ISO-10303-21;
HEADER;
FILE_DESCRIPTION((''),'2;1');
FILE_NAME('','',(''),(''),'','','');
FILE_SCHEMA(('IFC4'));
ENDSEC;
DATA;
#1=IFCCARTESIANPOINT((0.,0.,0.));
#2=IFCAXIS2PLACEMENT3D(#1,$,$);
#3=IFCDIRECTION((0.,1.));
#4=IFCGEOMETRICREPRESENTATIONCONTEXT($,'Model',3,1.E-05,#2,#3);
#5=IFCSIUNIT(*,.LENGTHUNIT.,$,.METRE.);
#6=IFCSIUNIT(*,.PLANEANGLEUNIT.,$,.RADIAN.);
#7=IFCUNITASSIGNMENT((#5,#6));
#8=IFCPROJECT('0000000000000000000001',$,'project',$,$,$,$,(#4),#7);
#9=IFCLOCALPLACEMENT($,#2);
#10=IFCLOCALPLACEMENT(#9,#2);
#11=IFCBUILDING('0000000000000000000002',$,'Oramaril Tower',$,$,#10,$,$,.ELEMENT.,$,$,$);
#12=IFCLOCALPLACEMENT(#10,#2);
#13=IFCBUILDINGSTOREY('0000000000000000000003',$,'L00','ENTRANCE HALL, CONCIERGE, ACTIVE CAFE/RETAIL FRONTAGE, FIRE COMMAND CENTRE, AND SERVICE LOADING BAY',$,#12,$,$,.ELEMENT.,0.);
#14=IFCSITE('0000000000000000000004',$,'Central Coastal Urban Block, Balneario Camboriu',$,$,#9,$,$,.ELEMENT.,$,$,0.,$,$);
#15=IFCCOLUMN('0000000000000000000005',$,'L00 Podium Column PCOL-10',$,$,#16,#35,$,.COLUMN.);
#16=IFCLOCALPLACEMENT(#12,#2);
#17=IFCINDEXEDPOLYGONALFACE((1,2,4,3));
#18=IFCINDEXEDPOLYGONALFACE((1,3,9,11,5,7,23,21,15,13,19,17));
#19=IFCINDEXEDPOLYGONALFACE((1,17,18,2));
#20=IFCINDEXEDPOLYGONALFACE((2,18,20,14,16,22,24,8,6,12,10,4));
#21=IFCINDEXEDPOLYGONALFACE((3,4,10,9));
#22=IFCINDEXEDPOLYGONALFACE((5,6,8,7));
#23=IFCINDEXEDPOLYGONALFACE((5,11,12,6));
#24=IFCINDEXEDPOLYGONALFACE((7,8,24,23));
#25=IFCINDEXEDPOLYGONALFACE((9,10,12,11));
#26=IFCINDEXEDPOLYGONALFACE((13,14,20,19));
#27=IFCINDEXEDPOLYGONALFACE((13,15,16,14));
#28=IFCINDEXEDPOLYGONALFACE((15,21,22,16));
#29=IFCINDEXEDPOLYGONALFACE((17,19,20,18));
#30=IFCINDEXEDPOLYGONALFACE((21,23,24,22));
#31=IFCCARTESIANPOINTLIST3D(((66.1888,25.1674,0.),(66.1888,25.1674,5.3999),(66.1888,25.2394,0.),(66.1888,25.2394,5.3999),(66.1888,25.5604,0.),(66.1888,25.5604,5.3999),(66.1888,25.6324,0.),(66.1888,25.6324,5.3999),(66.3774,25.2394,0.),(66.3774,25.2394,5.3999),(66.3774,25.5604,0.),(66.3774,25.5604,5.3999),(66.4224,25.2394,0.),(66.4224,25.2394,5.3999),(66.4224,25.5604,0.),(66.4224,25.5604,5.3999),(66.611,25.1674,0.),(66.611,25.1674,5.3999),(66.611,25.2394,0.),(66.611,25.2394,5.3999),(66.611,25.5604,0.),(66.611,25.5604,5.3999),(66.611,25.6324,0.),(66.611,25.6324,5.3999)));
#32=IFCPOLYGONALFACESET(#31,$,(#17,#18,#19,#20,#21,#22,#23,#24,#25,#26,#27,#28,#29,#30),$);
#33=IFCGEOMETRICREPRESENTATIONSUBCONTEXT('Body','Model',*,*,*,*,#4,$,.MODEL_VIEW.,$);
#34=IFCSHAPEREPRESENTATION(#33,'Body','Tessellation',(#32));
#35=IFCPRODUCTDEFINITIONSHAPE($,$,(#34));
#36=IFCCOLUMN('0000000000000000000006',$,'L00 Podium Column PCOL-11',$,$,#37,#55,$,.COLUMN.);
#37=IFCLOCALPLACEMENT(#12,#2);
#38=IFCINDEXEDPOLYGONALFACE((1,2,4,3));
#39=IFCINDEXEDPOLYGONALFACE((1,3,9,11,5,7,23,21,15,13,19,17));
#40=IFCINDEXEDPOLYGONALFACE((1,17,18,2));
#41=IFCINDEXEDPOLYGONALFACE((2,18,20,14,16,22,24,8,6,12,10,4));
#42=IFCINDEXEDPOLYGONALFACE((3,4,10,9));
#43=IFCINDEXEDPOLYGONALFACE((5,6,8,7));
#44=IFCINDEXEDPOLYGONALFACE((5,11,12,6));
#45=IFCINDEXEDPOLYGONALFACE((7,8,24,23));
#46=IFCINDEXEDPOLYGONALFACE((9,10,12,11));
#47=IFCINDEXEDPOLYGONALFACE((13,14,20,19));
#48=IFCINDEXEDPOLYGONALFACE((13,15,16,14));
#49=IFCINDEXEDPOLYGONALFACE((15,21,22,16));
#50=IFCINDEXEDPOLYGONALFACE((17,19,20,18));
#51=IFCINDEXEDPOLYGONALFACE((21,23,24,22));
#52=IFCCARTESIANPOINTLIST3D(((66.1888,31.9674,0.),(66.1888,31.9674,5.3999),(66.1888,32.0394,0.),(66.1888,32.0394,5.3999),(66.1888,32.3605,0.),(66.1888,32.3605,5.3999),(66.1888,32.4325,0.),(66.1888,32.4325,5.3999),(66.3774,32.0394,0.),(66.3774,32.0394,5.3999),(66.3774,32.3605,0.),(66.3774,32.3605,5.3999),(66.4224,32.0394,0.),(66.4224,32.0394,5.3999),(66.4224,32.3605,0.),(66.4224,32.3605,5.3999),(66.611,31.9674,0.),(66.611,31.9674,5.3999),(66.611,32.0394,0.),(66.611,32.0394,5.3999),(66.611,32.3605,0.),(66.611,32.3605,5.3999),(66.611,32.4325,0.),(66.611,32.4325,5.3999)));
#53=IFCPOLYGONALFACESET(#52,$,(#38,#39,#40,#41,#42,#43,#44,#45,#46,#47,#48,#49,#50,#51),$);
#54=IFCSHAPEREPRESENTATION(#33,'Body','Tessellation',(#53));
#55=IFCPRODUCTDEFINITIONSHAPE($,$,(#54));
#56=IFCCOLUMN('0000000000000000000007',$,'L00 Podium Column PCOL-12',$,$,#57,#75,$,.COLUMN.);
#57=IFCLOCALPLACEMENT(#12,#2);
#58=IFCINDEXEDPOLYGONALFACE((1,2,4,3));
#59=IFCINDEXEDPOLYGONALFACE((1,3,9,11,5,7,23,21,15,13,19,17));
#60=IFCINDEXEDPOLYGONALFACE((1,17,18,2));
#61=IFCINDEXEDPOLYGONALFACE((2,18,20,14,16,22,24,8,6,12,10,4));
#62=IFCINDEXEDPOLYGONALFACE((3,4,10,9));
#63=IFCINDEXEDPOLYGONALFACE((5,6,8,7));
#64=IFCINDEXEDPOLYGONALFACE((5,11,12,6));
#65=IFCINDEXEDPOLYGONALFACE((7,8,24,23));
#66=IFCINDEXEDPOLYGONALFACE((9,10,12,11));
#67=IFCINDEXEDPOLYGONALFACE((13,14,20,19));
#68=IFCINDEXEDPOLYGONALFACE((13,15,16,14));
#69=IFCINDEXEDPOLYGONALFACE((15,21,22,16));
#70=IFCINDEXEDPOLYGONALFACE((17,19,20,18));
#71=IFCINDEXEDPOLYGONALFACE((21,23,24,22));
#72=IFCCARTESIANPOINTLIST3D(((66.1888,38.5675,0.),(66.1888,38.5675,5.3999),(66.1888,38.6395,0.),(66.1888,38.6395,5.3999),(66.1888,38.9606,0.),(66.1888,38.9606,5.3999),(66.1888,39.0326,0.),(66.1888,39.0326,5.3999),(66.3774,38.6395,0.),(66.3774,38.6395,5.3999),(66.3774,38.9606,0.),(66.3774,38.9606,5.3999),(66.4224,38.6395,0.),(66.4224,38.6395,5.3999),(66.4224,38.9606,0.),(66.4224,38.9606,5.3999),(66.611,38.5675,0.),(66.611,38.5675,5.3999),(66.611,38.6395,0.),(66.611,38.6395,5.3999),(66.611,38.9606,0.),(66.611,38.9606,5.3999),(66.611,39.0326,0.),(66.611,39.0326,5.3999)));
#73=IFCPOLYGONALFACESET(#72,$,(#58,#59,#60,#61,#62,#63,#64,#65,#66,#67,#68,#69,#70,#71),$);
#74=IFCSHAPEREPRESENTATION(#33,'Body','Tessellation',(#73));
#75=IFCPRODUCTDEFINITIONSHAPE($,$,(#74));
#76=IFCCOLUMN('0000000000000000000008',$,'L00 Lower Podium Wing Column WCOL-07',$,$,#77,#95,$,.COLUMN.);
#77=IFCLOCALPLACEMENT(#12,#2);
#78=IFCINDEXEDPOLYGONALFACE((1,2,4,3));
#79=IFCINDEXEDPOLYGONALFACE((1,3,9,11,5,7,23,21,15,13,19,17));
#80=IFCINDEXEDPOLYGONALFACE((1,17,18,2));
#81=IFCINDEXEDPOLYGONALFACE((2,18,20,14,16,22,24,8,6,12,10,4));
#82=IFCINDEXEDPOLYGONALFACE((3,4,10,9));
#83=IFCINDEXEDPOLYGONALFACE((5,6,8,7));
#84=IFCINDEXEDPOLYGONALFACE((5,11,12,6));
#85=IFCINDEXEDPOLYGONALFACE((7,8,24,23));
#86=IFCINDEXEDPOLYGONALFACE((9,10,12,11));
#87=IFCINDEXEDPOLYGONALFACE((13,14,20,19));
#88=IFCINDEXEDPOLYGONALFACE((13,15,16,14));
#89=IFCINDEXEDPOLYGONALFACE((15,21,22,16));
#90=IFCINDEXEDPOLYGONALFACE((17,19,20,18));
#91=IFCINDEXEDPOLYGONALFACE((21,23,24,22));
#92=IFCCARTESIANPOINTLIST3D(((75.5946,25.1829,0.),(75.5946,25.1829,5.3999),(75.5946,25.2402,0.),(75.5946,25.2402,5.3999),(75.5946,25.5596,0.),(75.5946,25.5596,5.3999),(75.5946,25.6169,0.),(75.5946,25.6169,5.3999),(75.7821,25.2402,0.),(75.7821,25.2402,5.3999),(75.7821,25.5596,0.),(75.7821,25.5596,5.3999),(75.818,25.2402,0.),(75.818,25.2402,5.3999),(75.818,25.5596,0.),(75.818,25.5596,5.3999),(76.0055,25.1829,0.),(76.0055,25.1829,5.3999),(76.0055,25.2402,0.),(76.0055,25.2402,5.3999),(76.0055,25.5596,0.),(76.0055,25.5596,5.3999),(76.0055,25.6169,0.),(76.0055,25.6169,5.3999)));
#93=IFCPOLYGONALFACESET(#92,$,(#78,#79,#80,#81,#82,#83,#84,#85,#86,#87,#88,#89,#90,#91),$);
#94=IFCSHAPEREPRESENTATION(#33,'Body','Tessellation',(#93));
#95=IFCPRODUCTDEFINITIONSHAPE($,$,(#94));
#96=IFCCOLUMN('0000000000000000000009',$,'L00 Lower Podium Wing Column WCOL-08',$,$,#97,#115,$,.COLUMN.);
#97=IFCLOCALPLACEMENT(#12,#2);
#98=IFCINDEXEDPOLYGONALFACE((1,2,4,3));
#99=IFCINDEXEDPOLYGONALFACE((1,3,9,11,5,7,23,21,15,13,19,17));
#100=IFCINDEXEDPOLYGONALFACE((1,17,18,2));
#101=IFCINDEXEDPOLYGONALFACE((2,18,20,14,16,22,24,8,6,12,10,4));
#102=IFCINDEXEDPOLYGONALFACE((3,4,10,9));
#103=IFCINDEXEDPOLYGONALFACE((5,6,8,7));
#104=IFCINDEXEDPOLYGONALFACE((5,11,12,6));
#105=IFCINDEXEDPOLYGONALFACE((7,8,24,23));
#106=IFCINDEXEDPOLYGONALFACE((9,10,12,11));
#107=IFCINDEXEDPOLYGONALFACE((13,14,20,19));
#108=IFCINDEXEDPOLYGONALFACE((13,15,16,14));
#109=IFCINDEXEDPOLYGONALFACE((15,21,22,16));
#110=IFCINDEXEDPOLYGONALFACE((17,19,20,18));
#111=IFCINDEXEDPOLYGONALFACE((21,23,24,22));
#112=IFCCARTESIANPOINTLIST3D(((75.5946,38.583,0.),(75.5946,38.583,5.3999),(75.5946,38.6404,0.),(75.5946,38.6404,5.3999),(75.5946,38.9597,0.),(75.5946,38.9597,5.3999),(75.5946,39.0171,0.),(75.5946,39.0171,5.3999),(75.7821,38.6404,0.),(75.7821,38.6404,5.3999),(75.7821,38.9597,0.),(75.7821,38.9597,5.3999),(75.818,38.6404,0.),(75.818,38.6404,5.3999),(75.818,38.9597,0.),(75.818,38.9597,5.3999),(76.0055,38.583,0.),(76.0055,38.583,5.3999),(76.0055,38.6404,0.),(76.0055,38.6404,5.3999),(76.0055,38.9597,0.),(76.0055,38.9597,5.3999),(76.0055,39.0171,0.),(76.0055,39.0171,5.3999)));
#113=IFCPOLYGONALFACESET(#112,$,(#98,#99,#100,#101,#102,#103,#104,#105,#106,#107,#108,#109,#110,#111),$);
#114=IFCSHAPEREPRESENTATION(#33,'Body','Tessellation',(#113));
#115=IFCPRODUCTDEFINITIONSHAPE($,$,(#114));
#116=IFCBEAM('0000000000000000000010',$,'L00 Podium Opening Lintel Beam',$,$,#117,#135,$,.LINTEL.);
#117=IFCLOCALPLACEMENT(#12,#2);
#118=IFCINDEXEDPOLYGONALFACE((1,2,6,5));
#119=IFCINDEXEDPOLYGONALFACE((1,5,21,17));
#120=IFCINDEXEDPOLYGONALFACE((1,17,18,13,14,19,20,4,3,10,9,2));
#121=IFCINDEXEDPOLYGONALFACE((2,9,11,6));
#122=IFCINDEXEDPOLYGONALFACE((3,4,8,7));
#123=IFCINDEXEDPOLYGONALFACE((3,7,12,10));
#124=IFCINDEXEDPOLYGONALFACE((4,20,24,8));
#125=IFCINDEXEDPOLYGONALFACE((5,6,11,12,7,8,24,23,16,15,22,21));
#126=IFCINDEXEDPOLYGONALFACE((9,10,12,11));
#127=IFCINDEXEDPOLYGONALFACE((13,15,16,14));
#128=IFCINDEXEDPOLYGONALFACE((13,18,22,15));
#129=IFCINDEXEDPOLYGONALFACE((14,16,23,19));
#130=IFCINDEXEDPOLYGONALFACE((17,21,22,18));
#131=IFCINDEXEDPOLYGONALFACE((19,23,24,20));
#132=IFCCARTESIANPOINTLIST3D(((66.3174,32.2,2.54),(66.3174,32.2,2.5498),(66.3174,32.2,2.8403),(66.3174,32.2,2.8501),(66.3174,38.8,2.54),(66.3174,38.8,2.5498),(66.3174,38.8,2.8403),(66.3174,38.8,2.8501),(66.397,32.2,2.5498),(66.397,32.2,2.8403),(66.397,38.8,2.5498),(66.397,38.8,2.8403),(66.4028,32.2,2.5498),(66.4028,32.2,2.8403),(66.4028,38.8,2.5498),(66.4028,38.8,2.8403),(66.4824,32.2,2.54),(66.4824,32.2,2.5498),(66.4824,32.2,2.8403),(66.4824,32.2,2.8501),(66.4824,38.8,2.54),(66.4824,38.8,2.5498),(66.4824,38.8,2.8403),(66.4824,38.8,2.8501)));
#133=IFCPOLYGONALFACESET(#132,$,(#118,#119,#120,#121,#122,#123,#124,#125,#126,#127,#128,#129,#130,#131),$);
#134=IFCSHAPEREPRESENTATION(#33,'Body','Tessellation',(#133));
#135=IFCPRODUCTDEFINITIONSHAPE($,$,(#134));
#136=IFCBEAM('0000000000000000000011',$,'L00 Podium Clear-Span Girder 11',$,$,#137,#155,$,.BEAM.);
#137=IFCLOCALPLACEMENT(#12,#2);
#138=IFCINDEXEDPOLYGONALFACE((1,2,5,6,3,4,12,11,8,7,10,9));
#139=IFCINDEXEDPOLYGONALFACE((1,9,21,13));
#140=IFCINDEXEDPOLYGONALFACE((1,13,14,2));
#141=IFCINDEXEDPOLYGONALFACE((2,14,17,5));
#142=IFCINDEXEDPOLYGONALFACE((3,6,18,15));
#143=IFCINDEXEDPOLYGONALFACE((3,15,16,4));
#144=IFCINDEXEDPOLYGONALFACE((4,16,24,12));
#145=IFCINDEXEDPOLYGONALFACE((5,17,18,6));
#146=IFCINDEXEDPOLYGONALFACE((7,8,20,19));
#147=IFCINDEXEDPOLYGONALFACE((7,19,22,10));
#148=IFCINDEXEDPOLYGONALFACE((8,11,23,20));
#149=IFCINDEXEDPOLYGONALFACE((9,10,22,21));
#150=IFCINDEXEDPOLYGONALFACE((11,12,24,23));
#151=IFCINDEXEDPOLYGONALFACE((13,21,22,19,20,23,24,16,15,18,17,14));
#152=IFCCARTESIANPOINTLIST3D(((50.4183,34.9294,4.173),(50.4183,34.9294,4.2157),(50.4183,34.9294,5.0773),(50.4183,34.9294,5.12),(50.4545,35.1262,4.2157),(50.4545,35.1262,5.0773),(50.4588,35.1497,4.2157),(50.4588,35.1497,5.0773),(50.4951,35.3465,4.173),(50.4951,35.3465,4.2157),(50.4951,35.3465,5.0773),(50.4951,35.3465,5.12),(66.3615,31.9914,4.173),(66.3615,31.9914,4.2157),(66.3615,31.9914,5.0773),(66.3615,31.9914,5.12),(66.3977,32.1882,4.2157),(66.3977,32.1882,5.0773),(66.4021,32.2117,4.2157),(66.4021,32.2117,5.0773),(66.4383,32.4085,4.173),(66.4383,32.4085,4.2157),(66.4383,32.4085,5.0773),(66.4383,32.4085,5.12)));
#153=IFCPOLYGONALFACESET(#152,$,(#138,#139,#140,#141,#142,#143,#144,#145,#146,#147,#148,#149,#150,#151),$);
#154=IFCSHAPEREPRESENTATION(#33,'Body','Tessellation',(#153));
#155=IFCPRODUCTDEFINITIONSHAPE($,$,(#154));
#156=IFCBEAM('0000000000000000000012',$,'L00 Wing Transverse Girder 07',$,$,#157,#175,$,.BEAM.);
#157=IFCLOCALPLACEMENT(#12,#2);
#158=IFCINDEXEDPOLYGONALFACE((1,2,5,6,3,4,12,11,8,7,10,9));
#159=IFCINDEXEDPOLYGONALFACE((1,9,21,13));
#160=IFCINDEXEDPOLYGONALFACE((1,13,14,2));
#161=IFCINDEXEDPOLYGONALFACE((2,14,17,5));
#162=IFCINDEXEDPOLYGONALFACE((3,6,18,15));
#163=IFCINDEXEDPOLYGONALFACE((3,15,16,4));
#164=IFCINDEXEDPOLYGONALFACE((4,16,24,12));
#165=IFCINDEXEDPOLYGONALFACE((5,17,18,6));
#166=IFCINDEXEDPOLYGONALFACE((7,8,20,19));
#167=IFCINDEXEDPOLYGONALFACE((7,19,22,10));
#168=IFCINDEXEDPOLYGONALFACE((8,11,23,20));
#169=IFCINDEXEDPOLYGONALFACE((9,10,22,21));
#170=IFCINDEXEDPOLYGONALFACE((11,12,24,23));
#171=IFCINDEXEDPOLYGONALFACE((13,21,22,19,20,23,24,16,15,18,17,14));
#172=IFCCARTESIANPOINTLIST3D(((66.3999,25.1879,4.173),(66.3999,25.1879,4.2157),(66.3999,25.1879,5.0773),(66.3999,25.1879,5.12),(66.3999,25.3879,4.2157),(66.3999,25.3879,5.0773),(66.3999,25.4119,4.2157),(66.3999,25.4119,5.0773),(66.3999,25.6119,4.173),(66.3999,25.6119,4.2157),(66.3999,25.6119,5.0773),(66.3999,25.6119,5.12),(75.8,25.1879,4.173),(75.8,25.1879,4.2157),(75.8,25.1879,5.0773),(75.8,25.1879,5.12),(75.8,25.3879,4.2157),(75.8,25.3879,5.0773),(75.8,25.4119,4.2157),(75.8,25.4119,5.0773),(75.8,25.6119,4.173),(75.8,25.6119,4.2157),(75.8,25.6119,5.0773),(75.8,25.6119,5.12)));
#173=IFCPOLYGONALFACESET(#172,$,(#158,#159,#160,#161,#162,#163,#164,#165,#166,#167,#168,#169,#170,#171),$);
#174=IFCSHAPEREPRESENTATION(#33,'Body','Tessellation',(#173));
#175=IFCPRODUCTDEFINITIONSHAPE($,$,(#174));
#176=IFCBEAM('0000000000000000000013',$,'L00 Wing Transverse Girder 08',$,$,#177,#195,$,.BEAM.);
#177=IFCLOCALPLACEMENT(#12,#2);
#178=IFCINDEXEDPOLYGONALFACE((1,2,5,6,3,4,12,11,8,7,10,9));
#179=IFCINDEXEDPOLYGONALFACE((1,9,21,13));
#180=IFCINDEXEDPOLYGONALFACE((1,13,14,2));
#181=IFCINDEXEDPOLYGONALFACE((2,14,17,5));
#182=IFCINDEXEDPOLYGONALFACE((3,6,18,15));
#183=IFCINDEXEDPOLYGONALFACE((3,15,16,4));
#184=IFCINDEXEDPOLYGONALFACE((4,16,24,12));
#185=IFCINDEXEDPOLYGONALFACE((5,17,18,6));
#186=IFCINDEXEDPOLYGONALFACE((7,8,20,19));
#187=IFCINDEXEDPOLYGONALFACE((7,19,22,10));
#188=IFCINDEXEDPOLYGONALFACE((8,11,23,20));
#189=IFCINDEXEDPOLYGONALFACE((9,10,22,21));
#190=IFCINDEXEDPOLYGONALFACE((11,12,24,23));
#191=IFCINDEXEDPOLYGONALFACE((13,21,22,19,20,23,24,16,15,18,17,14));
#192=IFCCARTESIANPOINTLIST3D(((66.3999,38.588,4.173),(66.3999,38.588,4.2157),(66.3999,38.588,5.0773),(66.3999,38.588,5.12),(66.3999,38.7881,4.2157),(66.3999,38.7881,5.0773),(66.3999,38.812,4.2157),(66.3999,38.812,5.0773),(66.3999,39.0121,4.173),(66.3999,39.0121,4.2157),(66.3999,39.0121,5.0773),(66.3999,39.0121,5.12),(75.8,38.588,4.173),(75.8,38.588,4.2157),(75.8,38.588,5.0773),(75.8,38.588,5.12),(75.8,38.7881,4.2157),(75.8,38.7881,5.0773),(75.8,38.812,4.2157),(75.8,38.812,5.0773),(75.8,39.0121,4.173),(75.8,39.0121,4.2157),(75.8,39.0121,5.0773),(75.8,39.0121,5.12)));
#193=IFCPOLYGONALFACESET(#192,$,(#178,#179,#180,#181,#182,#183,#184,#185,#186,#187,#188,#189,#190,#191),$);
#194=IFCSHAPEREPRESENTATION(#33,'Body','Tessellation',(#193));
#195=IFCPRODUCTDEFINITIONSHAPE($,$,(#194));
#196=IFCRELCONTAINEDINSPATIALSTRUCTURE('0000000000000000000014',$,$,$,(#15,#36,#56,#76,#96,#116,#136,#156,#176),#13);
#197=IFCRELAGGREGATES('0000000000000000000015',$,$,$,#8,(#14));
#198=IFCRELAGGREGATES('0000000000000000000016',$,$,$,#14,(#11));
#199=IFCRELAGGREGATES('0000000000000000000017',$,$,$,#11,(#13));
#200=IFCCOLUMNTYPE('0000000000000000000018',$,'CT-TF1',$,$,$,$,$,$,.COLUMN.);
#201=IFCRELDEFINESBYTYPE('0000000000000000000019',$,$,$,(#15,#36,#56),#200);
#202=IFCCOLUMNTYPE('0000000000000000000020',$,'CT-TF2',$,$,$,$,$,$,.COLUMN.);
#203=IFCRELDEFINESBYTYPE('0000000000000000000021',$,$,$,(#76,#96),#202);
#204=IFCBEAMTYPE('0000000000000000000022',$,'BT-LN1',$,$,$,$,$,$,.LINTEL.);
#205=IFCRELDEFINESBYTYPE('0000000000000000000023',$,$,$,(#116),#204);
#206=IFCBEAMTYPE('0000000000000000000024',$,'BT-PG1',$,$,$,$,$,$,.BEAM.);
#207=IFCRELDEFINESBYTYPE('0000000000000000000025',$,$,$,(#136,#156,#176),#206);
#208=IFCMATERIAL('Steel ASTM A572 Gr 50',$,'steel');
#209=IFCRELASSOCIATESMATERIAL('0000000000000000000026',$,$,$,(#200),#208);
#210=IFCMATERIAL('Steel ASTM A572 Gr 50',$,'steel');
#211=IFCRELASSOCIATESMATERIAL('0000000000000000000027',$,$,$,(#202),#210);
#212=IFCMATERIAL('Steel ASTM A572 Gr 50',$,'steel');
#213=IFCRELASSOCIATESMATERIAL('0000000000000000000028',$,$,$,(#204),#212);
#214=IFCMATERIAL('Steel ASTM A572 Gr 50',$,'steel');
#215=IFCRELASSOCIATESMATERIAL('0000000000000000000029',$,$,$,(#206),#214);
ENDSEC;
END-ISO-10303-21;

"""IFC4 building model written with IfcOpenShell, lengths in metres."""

from ifc_helpers import new_model, si_unit, direction, frame, origin, origin_2d, place, context, subcontext, project, spatial, i_section, extrude, material, material_profile, profile_set, type_object, element, save


model = new_model("IFC4")

# Units and contexts
model_context = context("Model", 3, precision=1e-05, world=origin(), true_north=direction((0.0, 1.0)))
body_context = subcontext(model_context, "Body", "Model", "MODEL_VIEW")
ifc_project = project(units=[si_unit("LENGTHUNIT", "METRE"), si_unit("PLANEANGLEUNIT", "RADIAN")], contexts=[model_context])

# Site, building, storey
site_placement = place(None, origin())
site = spatial("IfcSite", under=ifc_project, at=site_placement, Name="Central Coastal Urban Block, Balneario Camboriu", CompositionType="ELEMENT", RefElevation=0.0)
building_placement = place(site_placement, origin())
building = spatial("IfcBuilding", under=site, at=building_placement, Name="Oramaril Tower", CompositionType="ELEMENT")
storey_placement = place(building_placement, origin())
storey = spatial("IfcBuildingStorey", under=building, at=storey_placement, Name="L00", Description="ENTRANCE HALL, CONCIERGE, ACTIVE CAFE/RETAIL FRONTAGE, FIRE COMMAND CENTRE, AND SERVICE LOADING BAY", CompositionType="ELEMENT", Elevation=0.0)

# Columns
ifc_material_1 = material(Name="Steel ASTM A572 Gr 50", Category="steel")
ifc_material_profile_1 = material_profile(ifc_material_1, i_section(OverallWidth=0.4221, OverallDepth=0.4651, WebThickness=0.0449, FlangeThickness=0.072, at=origin_2d()), Name="W14X398")
ifc_profile_set_1 = profile_set([ifc_material_profile_1], Name="Steel ASTM A572 Gr 50")
column_type_1 = type_object("IfcColumnType", Name="CT-TF1", PredefinedType="COLUMN", material=ifc_profile_set_1)
for number, where, z_axis, x_axis, name in (
    (1, (66.3999, 25.3999, 0.0), (0.0, 0.0, 1.0), (1.0, 0.0, 0.0), "L00 Podium Column PCOL-10"),
    (2, (66.3999, 32.2, 0.0), (0.0, 0.0, 1.0), (1.0, 0.0, 0.0), "L00 Podium Column PCOL-11"),
    (3, (66.3999, 38.8, 0.0), (0.0, 0.0, 1.0), (1.0, 0.0, 0.0), "L00 Podium Column PCOL-12"),
):
    element("IfcColumn", number, at=place(storey_placement, frame(where, z_axis=z_axis, x_axis=x_axis)), inside=storey, type_object=column_type_1, Name=name, PredefinedType="COLUMN", context=body_context, shape_type="SweptSolid", body=[
        extrude(i_section(OverallWidth=0.4221, OverallDepth=0.4651, WebThickness=0.0449, FlangeThickness=0.072, at=origin_2d()), origin(), (0.0, 0.0, 1.0), 5.3999),
    ])
ifc_material_2 = material(Name="Steel ASTM A572 Gr 50", Category="steel")
ifc_material_profile_2 = material_profile(ifc_material_2, i_section(OverallWidth=0.4109, OverallDepth=0.4341, WebThickness=0.0359, FlangeThickness=0.0574, at=origin_2d()), Name="W14X311")
ifc_profile_set_2 = profile_set([ifc_material_profile_2], Name="Steel ASTM A572 Gr 50")
column_type_2 = type_object("IfcColumnType", Name="CT-TF2", PredefinedType="COLUMN", material=ifc_profile_set_2)
for number, where, z_axis, x_axis, name in (
    (4, (75.8, 25.3999, 0.0), (0.0, 0.0, 1.0), (1.0, 0.0, 0.0), "L00 Lower Podium Wing Column WCOL-07"),
    (5, (75.8, 38.8, 0.0), (0.0, 0.0, 1.0), (1.0, 0.0, 0.0), "L00 Lower Podium Wing Column WCOL-08"),
):
    element("IfcColumn", number, at=place(storey_placement, frame(where, z_axis=z_axis, x_axis=x_axis)), inside=storey, type_object=column_type_2, Name=name, PredefinedType="COLUMN", context=body_context, shape_type="SweptSolid", body=[
        extrude(i_section(OverallWidth=0.4109, OverallDepth=0.4341, WebThickness=0.0359, FlangeThickness=0.0574, at=origin_2d()), origin(), (0.0, 0.0, 1.0), 5.3999),
    ])

# Beams
ifc_material_3 = material(Name="Steel ASTM A572 Gr 50", Category="steel")
ifc_material_profile_3 = material_profile(ifc_material_3, i_section(OverallWidth=0.165, OverallDepth=0.3101, WebThickness=0.0059, FlangeThickness=0.0098, at=origin_2d()), Name="W12X26")
ifc_profile_set_3 = profile_set([ifc_material_profile_3], Name="Steel ASTM A572 Gr 50")
beam_type_1 = type_object("IfcBeamType", Name="BT-LN1", PredefinedType="LINTEL", material=ifc_profile_set_3)
beam_1_placement = place(storey_placement, frame((66.3999, 32.2, 2.6951), z_axis=(0.0, 1.0, 0.0), x_axis=(-1.0, 0.0, 0.0)))
element("IfcBeam", 6, at=beam_1_placement, inside=storey, type_object=beam_type_1, Name="L00 Podium Opening Lintel Beam", PredefinedType="LINTEL", context=body_context, shape_type="SweptSolid", body=[
    extrude(i_section(OverallWidth=0.165, OverallDepth=0.3101, WebThickness=0.0059, FlangeThickness=0.0098, at=origin_2d()), origin(), (0.0, 0.0, 1.0), 6.6001),
])
ifc_material_4 = material(Name="Steel ASTM A572 Gr 50", Category="steel")
ifc_material_profile_4 = material_profile(ifc_material_4, i_section(OverallWidth=0.4241, OverallDepth=0.947, WebThickness=0.0239, FlangeThickness=0.0427, at=origin_2d()), Name="W36X302")
ifc_profile_set_4 = profile_set([ifc_material_profile_4], Name="Steel ASTM A572 Gr 50")
beam_type_2 = type_object("IfcBeamType", Name="BT-PG1", PredefinedType="BEAM", material=ifc_profile_set_4)
beam_2_placement = place(storey_placement, frame((66.3999, 32.2, 4.6465), z_axis=(-0.983441, 0.181228, 0.0), x_axis=(-0.181228, -0.983441, 0.0)))
element("IfcBeam", 7, at=beam_2_placement, inside=storey, type_object=beam_type_2, Name="L00 Podium Clear-Span Girder 11", PredefinedType="BEAM", context=body_context, shape_type="SweptSolid", body=[
    extrude(i_section(OverallWidth=0.4241, OverallDepth=0.947, WebThickness=0.0239, FlangeThickness=0.0427, at=origin_2d()), origin(), (0.0, 0.0, 1.0), 16.2117),
])
for number, where, z_axis, x_axis, name in (
    (8, (66.3999, 25.3999, 4.6465), (1.0, 0.0, 0.0), (0.0, 1.0, 0.0), "L00 Wing Transverse Girder 07"),
    (9, (66.3999, 38.8, 4.6465), (1.0, 0.0, 0.0), (0.0, 1.0, 0.0), "L00 Wing Transverse Girder 08"),
):
    element("IfcBeam", number, at=place(storey_placement, frame(where, z_axis=z_axis, x_axis=x_axis)), inside=storey, type_object=beam_type_2, Name=name, PredefinedType="BEAM", context=body_context, shape_type="SweptSolid", body=[
        extrude(i_section(OverallWidth=0.4241, OverallDepth=0.947, WebThickness=0.0239, FlangeThickness=0.0427, at=origin_2d()), origin(), (0.0, 0.0, 1.0), 9.4001),
    ])

save(model, "model.ifc")
